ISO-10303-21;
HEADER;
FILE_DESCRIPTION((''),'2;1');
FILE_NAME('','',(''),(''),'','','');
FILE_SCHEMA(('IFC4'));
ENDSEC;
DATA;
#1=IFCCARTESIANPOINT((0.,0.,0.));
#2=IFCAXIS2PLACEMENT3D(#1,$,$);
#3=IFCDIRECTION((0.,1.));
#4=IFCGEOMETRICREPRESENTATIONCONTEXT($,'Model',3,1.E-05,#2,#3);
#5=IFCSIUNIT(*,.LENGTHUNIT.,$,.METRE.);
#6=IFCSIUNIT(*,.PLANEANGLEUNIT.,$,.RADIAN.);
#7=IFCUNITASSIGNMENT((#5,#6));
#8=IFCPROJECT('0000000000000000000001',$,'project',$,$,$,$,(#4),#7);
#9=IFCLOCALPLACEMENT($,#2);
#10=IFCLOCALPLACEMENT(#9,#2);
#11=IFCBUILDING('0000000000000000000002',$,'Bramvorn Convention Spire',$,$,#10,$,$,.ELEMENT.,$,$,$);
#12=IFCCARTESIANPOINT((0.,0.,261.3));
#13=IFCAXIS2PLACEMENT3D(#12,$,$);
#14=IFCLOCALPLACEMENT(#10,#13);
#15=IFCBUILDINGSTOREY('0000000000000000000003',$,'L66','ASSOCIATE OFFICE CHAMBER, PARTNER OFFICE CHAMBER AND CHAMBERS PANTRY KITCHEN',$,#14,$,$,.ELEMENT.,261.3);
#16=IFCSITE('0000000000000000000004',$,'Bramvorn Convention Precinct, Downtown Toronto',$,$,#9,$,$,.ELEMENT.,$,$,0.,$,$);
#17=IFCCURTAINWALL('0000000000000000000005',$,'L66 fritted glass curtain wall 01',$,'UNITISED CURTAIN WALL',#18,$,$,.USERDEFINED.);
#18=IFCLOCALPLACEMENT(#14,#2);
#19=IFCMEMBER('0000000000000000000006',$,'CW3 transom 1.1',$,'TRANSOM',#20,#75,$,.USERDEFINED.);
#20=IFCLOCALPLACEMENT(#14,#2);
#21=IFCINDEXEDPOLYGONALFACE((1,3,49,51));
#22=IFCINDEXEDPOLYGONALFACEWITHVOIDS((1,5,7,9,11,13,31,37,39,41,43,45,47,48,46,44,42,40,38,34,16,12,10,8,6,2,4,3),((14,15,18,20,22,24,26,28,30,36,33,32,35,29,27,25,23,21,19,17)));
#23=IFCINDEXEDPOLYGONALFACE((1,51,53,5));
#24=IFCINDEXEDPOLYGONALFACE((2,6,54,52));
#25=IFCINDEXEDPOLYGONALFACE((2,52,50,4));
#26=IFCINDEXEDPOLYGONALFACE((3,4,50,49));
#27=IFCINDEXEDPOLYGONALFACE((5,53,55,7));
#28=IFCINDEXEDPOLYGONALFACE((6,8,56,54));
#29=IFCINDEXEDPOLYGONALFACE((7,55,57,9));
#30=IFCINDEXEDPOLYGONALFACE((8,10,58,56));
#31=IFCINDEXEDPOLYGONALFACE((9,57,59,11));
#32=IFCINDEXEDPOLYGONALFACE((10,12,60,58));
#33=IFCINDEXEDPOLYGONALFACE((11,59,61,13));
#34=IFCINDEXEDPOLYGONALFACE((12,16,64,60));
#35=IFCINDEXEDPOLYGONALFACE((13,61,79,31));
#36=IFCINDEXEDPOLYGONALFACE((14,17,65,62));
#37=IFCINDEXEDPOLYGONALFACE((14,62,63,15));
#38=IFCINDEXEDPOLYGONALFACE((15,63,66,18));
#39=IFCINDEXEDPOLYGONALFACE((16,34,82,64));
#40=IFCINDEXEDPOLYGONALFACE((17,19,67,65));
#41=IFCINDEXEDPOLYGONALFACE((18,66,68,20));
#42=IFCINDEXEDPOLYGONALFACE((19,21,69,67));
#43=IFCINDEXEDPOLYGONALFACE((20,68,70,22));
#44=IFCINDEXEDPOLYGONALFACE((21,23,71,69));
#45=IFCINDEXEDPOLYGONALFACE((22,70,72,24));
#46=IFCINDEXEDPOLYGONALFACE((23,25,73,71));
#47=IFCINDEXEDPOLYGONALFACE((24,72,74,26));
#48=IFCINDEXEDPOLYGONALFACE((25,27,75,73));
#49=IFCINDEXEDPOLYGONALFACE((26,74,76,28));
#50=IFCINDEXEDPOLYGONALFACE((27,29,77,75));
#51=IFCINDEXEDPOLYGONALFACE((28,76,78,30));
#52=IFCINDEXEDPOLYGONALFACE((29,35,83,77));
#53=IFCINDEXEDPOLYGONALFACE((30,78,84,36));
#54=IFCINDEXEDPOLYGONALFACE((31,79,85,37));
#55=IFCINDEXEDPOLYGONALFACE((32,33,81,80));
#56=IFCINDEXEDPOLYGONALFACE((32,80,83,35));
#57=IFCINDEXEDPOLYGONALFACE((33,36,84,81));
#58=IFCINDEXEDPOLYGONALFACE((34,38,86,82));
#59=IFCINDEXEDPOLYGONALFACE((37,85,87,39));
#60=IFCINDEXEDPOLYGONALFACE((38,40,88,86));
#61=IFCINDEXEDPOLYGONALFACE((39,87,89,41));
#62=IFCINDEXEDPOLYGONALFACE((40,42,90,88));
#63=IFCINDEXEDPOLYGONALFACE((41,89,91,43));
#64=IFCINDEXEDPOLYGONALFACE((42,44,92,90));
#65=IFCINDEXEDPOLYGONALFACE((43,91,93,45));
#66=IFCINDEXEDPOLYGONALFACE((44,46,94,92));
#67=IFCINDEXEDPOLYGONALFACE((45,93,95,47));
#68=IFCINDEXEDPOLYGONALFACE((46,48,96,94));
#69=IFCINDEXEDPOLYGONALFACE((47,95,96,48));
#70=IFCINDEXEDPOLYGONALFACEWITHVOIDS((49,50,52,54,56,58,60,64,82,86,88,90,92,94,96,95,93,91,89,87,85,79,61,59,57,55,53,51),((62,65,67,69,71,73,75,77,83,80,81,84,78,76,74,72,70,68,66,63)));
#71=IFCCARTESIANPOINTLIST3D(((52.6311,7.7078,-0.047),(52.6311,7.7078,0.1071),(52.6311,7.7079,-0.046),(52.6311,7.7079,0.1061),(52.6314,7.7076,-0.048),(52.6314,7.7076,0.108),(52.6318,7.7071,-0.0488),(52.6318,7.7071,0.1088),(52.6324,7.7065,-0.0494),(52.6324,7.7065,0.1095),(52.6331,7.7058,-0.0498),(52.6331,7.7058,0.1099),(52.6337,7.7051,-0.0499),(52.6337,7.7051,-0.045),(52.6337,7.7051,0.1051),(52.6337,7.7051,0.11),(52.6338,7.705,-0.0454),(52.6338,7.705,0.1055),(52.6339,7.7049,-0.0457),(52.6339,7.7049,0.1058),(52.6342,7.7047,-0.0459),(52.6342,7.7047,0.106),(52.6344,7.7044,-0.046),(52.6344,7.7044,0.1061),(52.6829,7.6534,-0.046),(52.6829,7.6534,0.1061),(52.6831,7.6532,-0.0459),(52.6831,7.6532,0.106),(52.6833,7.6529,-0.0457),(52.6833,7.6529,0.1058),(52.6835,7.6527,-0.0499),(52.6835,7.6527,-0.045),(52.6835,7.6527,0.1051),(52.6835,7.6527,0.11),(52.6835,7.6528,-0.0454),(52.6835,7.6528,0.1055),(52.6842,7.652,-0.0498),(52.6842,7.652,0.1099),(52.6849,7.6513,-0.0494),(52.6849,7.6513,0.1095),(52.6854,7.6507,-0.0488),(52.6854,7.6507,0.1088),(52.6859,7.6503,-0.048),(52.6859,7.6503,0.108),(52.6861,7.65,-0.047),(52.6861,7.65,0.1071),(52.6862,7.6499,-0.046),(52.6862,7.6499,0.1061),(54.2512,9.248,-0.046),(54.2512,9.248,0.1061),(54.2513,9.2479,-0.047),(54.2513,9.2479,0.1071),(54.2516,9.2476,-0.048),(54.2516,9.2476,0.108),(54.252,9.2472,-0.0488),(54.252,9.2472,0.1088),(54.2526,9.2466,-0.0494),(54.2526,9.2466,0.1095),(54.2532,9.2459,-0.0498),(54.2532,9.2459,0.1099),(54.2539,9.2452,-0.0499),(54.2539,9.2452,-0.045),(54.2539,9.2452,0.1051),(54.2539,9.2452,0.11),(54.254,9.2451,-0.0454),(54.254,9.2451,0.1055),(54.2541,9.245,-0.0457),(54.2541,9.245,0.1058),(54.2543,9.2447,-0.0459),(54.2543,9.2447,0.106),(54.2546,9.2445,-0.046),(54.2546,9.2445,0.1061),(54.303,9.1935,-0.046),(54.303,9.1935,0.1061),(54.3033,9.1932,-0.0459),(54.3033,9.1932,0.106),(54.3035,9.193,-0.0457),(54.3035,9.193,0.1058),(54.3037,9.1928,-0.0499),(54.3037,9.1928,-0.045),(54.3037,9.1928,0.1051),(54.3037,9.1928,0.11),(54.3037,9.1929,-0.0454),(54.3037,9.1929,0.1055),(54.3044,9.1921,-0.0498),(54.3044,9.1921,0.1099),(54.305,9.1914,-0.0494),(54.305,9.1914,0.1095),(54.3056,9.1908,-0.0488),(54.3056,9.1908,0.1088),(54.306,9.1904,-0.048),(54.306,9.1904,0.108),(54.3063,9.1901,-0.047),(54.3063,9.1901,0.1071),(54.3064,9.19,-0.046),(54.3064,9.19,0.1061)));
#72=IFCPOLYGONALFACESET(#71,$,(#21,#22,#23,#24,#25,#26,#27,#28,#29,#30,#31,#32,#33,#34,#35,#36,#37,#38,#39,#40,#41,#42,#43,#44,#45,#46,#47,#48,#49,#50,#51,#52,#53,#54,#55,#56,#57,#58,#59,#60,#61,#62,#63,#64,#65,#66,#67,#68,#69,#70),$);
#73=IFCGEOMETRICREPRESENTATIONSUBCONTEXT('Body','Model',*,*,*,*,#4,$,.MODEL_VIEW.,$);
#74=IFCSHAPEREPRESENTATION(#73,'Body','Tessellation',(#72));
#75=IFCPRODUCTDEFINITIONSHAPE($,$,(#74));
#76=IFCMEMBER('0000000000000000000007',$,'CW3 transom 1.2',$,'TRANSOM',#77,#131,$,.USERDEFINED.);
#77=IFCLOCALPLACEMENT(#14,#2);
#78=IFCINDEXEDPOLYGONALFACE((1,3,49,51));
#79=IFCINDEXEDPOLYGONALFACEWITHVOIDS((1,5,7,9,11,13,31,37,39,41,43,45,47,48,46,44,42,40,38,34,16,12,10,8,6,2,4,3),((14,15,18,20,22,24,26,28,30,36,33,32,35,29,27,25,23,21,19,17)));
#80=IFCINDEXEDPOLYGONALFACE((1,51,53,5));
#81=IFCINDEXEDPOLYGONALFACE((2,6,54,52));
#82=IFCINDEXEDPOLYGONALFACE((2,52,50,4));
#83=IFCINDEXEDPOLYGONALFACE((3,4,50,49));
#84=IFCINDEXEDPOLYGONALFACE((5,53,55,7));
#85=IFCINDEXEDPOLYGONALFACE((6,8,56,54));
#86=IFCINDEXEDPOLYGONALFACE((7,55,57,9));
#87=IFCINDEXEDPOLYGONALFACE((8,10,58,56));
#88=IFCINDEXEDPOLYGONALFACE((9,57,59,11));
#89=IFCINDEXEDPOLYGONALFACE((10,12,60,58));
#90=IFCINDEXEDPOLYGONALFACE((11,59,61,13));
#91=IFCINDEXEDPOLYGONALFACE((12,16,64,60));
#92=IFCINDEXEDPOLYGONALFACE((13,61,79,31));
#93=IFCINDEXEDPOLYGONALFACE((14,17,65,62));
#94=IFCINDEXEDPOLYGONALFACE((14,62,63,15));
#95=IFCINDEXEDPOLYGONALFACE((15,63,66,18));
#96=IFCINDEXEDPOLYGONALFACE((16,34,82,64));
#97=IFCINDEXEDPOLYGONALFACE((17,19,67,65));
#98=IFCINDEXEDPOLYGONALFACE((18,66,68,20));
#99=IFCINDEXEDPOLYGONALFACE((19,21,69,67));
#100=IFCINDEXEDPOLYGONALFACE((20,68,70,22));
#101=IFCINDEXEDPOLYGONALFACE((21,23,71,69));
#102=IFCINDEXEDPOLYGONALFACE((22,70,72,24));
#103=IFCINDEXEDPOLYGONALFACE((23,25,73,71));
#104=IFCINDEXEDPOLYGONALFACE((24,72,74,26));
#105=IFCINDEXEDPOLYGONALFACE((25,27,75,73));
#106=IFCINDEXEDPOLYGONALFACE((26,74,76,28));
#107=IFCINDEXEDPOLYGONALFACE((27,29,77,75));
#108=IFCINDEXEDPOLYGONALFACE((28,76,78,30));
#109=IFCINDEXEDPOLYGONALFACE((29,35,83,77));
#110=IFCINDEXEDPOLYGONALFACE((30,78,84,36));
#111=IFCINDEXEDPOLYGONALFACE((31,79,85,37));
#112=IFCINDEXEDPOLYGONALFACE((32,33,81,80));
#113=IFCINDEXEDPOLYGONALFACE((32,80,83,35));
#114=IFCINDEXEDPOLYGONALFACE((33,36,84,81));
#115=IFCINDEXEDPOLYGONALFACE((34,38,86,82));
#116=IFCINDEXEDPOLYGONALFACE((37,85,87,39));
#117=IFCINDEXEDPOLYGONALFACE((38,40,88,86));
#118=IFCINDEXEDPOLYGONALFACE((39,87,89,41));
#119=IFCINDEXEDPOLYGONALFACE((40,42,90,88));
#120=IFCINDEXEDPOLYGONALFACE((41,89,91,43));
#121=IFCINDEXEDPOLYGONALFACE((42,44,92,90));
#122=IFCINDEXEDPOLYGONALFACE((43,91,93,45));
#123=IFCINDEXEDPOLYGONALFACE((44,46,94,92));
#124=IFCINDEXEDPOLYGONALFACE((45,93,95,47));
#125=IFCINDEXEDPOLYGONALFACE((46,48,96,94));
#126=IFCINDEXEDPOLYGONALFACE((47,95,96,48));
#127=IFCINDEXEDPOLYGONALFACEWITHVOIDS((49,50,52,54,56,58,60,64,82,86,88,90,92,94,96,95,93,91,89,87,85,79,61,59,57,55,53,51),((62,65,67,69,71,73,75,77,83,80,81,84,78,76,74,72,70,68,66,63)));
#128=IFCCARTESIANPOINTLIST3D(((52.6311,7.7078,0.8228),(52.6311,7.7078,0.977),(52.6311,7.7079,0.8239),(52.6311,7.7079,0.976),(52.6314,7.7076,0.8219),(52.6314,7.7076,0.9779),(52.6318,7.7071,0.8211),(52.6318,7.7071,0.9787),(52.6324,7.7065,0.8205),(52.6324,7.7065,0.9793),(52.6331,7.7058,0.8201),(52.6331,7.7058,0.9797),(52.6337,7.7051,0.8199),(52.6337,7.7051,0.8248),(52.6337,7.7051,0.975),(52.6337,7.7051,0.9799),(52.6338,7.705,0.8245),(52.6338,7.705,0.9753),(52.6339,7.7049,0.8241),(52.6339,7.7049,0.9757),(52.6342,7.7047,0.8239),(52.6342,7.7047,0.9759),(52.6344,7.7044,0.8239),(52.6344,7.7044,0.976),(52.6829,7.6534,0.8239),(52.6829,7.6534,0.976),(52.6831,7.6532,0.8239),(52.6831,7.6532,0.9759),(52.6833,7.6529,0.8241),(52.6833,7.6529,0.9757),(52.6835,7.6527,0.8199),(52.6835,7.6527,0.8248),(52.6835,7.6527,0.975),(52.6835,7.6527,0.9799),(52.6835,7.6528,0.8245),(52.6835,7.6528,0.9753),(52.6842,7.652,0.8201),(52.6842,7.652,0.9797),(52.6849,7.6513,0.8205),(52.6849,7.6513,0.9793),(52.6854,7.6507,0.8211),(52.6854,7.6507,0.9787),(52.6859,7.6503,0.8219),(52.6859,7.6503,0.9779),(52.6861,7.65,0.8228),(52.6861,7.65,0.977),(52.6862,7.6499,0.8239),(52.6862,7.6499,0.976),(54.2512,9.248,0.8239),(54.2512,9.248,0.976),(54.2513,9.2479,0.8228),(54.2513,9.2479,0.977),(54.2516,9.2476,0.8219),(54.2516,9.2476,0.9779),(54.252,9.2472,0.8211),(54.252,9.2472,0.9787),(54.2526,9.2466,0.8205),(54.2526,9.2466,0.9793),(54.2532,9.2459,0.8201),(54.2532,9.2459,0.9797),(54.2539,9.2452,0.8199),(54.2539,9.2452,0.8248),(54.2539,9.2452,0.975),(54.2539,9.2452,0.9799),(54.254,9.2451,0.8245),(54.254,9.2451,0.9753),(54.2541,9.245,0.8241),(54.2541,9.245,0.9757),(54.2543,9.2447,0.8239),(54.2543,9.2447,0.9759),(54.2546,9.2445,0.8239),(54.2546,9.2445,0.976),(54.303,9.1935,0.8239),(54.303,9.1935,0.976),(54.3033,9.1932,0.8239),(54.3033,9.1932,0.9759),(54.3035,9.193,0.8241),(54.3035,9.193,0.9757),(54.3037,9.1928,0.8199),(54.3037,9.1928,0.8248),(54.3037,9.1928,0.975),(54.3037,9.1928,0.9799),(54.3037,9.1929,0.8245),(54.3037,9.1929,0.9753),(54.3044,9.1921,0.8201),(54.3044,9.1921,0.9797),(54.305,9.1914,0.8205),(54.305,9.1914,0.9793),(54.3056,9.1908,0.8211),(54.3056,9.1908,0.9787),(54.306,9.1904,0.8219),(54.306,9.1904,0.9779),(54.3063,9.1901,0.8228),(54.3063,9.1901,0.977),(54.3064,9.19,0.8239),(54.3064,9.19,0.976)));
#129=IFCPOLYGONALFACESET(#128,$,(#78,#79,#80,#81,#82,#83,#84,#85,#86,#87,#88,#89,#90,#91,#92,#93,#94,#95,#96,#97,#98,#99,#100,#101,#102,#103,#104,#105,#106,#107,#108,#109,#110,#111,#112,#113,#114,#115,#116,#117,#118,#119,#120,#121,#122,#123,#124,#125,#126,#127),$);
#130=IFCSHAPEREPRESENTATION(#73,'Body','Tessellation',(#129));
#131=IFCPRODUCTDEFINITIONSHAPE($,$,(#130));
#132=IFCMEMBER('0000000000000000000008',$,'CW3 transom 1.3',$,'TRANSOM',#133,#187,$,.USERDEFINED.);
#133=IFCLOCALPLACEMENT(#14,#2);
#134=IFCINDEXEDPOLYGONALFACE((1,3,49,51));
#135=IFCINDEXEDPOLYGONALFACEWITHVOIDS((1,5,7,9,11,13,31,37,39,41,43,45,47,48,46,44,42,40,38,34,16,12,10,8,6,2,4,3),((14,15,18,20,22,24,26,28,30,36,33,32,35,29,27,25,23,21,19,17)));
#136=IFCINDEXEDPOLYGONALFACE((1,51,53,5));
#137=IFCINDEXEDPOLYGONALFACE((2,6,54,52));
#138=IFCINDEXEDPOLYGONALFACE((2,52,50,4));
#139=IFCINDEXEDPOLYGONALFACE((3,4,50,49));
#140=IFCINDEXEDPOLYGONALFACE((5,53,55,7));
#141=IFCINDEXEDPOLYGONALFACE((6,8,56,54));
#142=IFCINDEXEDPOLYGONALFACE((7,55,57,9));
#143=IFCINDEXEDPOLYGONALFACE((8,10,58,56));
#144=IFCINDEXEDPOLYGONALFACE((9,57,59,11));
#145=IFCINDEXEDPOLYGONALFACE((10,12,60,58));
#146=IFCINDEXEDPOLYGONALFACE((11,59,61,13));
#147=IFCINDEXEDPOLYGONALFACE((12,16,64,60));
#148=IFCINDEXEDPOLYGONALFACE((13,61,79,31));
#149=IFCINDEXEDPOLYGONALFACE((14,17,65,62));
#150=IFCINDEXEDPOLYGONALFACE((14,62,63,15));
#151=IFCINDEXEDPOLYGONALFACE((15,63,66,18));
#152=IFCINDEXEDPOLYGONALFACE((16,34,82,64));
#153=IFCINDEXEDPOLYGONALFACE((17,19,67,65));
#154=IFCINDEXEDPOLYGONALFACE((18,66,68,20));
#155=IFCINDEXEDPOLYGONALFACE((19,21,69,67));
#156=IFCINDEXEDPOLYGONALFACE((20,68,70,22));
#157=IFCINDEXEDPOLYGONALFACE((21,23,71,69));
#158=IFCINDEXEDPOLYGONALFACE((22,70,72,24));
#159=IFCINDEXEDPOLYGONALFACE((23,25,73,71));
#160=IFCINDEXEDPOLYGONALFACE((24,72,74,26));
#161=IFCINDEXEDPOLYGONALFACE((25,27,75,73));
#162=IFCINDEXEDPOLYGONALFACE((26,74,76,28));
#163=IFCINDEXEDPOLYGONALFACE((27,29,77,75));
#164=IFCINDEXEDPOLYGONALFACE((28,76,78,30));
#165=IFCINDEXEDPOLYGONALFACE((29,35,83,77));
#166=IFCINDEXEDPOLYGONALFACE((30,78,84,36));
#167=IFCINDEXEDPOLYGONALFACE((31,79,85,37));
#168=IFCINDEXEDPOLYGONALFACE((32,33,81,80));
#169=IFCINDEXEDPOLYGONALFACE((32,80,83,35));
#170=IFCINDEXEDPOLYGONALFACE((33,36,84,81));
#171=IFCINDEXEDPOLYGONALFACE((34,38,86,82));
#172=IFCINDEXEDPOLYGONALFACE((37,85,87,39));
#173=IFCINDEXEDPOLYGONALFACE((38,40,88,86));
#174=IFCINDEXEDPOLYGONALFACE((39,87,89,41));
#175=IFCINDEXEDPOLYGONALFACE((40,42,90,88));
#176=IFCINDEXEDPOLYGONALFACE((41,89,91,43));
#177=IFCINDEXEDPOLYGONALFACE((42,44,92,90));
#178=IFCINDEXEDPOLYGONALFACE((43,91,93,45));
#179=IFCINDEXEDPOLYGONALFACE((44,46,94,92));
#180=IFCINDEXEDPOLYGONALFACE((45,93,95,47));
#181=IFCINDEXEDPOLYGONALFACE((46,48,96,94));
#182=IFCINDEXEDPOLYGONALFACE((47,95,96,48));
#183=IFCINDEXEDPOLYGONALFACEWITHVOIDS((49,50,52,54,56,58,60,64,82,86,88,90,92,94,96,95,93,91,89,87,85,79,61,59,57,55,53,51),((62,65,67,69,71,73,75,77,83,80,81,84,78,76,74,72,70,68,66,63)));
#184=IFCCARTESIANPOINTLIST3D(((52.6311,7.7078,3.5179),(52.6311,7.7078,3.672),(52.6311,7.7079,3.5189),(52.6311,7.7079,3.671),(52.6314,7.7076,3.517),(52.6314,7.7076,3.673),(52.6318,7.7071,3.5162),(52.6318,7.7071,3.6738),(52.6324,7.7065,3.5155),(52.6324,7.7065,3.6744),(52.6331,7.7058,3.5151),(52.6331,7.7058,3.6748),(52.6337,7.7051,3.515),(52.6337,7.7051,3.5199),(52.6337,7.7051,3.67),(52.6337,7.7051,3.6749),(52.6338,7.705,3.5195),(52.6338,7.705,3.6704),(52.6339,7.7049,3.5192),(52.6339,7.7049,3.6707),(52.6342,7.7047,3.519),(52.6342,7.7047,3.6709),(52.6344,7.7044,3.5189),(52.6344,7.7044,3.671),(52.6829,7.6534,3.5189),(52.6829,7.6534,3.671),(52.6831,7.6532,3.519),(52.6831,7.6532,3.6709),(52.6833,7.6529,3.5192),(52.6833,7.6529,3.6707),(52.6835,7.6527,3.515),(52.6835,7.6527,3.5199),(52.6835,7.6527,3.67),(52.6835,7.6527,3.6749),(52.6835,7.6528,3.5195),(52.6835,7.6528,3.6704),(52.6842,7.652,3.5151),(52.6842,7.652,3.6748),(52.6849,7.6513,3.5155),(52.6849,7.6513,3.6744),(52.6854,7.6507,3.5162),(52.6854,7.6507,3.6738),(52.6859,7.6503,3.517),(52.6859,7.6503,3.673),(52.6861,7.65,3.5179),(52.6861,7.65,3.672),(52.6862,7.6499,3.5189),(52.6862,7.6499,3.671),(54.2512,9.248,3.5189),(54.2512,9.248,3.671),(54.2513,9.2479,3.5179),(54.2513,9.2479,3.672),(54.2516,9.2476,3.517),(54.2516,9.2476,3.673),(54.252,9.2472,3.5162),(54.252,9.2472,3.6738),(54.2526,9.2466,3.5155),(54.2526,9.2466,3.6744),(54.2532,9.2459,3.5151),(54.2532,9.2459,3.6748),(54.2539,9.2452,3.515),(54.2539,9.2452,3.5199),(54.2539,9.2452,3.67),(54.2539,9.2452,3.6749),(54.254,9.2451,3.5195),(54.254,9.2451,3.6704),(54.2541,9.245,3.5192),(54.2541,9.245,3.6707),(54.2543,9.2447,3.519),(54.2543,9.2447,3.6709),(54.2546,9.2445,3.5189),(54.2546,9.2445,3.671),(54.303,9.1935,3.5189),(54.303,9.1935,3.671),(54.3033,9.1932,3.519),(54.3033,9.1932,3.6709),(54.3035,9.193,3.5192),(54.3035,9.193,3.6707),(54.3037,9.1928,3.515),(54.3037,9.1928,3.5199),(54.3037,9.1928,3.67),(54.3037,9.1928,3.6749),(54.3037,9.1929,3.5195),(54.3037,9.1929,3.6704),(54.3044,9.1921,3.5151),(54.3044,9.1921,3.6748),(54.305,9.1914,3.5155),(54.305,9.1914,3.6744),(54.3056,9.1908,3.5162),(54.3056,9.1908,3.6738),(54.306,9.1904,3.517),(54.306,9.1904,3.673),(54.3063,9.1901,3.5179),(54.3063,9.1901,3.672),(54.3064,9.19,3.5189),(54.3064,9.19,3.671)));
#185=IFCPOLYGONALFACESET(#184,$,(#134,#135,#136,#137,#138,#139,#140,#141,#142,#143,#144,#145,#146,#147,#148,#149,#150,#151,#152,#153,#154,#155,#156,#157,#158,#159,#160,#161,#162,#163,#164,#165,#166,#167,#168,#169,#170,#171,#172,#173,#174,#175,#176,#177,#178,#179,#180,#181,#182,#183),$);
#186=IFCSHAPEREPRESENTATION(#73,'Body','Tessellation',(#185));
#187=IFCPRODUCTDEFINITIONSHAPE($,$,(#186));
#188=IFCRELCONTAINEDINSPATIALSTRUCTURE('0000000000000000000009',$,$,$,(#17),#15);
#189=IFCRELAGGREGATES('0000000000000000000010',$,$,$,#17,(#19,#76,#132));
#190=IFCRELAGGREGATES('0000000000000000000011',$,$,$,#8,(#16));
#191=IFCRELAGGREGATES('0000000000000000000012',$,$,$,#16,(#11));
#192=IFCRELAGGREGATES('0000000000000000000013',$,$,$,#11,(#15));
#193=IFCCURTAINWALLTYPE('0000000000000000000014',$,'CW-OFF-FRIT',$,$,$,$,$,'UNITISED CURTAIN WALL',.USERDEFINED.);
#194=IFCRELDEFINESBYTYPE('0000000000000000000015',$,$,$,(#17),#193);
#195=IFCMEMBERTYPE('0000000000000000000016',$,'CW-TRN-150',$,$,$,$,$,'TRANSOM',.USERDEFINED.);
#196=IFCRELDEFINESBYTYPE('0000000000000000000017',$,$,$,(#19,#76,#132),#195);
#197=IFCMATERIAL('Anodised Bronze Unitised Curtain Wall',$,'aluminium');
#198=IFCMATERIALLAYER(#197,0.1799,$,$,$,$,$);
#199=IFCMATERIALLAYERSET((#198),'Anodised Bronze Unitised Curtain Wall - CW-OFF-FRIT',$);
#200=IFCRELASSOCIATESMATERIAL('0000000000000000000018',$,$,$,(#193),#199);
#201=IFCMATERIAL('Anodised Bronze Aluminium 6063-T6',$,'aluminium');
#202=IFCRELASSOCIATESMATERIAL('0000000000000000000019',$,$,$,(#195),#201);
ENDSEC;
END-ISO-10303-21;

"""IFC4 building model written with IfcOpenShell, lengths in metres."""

from ifc_helpers import new_model, si_unit, direction, frame, origin, origin_2d, place, context, subcontext, project, spatial, hollow_rectangle, extrude, material, layer, layer_set, material_profile, profile_set, type_object, element, aggregate, save


model = new_model("IFC4")

# Units and contexts
model_context = context("Model", 3, precision=1e-05, world=origin(), true_north=direction((0.0, 1.0)))
body_context = subcontext(model_context, "Body", "Model", "MODEL_VIEW")
ifc_project = project(units=[si_unit("LENGTHUNIT", "METRE"), si_unit("PLANEANGLEUNIT", "RADIAN")], contexts=[model_context])

# Site, building, storey
site_placement = place(None, origin())
site = spatial("IfcSite", under=ifc_project, at=site_placement, Name="Bramvorn Convention Precinct, Downtown Toronto", CompositionType="ELEMENT", RefElevation=0.0)
building_placement = place(site_placement, origin())
building = spatial("IfcBuilding", under=site, at=building_placement, Name="Bramvorn Convention Spire", CompositionType="ELEMENT")
storey_placement = place(building_placement, frame((0.0, 0.0, 261.3)))
storey = spatial("IfcBuildingStorey", under=building, at=storey_placement, Name="L66", Description="ASSOCIATE OFFICE CHAMBER, PARTNER OFFICE CHAMBER AND CHAMBERS PANTRY KITCHEN", CompositionType="ELEMENT", Elevation=261.3)

# Curtain wall
ifc_material_1 = material(Name="Anodised Bronze Unitised Curtain Wall", Category="aluminium")
ifc_layer_1 = layer(ifc_material_1, 0.1799)
ifc_layer_set_1 = layer_set([ifc_layer_1], Name="Anodised Bronze Unitised Curtain Wall - CW-OFF-FRIT")
curtain_wall_type = type_object("IfcCurtainWallType", Name="CW-OFF-FRIT", ElementType="UNITISED CURTAIN WALL", PredefinedType="USERDEFINED", material=ifc_layer_set_1)
curtain_wall_1_placement = place(storey_placement, origin())
curtain_wall_1 = element("IfcCurtainWall", 1, at=curtain_wall_1_placement, inside=storey, type_object=curtain_wall_type, Name="L66 fritted glass curtain wall 01", ObjectType="UNITISED CURTAIN WALL", PredefinedType="USERDEFINED")
ifc_material_2 = material(Name="Anodised Bronze Aluminium 6063-T6", Category="aluminium")

# Members
ifc_material_profile_1 = material_profile(ifc_material_2, hollow_rectangle(XDim=0.0801, YDim=0.1599, WallThickness=0.0039, InnerFilletRadius=0.001, OuterFilletRadius=0.0039, at=origin_2d()))
ifc_profile_set_1 = profile_set([ifc_material_profile_1], Name="Anodised Bronze Aluminium 6063-T6 - CWT80X160")
member_type_1 = type_object("IfcMemberType", Name="CW-TRN-150", ElementType="TRANSOM", PredefinedType="USERDEFINED", material=ifc_profile_set_1)
member_1_placement = place(storey_placement, frame((54.2788, 9.219, 0.03), z_axis=(-0.724792, -0.688968, 0.0), x_axis=(0.688968, -0.724792, 0.0)))
member_1 = element("IfcMember", 2, at=member_1_placement, type_object=member_type_1, Name="CW3 transom 1.1", ObjectType="TRANSOM", PredefinedType="USERDEFINED", context=body_context, shape_type="SweptSolid", body=[
    extrude(hollow_rectangle(XDim=0.0801, YDim=0.1599, WallThickness=0.0039, InnerFilletRadius=0.001, OuterFilletRadius=0.0039, at=origin_2d()), origin(), (0.0, 0.0, 1.0), 2.2354),
])
member_2_placement = place(storey_placement, frame((54.2788, 9.219, 0.8999), z_axis=(-0.724792, -0.688968, 0.0), x_axis=(0.688968, -0.724792, 0.0)))
member_2 = element("IfcMember", 3, at=member_2_placement, type_object=member_type_1, Name="CW3 transom 1.2", ObjectType="TRANSOM", PredefinedType="USERDEFINED", context=body_context, shape_type="SweptSolid", body=[
    extrude(hollow_rectangle(XDim=0.0801, YDim=0.1599, WallThickness=0.0039, InnerFilletRadius=0.001, OuterFilletRadius=0.0039, at=origin_2d()), origin(), (0.0, 0.0, 1.0), 2.2354),
])
member_3_placement = place(storey_placement, frame((54.2788, 9.219, 3.595), z_axis=(-0.724792, -0.688968, 0.0), x_axis=(0.688968, -0.724792, 0.0)))
member_3 = element("IfcMember", 4, at=member_3_placement, type_object=member_type_1, Name="CW3 transom 1.3", ObjectType="TRANSOM", PredefinedType="USERDEFINED", context=body_context, shape_type="SweptSolid", body=[
    extrude(hollow_rectangle(XDim=0.0801, YDim=0.1599, WallThickness=0.0039, InnerFilletRadius=0.001, OuterFilletRadius=0.0039, at=origin_2d()), origin(), (0.0, 0.0, 1.0), 2.2354),
])

aggregate(curtain_wall_1, [member_1, member_2, member_3])

save(model, "model.ifc")
